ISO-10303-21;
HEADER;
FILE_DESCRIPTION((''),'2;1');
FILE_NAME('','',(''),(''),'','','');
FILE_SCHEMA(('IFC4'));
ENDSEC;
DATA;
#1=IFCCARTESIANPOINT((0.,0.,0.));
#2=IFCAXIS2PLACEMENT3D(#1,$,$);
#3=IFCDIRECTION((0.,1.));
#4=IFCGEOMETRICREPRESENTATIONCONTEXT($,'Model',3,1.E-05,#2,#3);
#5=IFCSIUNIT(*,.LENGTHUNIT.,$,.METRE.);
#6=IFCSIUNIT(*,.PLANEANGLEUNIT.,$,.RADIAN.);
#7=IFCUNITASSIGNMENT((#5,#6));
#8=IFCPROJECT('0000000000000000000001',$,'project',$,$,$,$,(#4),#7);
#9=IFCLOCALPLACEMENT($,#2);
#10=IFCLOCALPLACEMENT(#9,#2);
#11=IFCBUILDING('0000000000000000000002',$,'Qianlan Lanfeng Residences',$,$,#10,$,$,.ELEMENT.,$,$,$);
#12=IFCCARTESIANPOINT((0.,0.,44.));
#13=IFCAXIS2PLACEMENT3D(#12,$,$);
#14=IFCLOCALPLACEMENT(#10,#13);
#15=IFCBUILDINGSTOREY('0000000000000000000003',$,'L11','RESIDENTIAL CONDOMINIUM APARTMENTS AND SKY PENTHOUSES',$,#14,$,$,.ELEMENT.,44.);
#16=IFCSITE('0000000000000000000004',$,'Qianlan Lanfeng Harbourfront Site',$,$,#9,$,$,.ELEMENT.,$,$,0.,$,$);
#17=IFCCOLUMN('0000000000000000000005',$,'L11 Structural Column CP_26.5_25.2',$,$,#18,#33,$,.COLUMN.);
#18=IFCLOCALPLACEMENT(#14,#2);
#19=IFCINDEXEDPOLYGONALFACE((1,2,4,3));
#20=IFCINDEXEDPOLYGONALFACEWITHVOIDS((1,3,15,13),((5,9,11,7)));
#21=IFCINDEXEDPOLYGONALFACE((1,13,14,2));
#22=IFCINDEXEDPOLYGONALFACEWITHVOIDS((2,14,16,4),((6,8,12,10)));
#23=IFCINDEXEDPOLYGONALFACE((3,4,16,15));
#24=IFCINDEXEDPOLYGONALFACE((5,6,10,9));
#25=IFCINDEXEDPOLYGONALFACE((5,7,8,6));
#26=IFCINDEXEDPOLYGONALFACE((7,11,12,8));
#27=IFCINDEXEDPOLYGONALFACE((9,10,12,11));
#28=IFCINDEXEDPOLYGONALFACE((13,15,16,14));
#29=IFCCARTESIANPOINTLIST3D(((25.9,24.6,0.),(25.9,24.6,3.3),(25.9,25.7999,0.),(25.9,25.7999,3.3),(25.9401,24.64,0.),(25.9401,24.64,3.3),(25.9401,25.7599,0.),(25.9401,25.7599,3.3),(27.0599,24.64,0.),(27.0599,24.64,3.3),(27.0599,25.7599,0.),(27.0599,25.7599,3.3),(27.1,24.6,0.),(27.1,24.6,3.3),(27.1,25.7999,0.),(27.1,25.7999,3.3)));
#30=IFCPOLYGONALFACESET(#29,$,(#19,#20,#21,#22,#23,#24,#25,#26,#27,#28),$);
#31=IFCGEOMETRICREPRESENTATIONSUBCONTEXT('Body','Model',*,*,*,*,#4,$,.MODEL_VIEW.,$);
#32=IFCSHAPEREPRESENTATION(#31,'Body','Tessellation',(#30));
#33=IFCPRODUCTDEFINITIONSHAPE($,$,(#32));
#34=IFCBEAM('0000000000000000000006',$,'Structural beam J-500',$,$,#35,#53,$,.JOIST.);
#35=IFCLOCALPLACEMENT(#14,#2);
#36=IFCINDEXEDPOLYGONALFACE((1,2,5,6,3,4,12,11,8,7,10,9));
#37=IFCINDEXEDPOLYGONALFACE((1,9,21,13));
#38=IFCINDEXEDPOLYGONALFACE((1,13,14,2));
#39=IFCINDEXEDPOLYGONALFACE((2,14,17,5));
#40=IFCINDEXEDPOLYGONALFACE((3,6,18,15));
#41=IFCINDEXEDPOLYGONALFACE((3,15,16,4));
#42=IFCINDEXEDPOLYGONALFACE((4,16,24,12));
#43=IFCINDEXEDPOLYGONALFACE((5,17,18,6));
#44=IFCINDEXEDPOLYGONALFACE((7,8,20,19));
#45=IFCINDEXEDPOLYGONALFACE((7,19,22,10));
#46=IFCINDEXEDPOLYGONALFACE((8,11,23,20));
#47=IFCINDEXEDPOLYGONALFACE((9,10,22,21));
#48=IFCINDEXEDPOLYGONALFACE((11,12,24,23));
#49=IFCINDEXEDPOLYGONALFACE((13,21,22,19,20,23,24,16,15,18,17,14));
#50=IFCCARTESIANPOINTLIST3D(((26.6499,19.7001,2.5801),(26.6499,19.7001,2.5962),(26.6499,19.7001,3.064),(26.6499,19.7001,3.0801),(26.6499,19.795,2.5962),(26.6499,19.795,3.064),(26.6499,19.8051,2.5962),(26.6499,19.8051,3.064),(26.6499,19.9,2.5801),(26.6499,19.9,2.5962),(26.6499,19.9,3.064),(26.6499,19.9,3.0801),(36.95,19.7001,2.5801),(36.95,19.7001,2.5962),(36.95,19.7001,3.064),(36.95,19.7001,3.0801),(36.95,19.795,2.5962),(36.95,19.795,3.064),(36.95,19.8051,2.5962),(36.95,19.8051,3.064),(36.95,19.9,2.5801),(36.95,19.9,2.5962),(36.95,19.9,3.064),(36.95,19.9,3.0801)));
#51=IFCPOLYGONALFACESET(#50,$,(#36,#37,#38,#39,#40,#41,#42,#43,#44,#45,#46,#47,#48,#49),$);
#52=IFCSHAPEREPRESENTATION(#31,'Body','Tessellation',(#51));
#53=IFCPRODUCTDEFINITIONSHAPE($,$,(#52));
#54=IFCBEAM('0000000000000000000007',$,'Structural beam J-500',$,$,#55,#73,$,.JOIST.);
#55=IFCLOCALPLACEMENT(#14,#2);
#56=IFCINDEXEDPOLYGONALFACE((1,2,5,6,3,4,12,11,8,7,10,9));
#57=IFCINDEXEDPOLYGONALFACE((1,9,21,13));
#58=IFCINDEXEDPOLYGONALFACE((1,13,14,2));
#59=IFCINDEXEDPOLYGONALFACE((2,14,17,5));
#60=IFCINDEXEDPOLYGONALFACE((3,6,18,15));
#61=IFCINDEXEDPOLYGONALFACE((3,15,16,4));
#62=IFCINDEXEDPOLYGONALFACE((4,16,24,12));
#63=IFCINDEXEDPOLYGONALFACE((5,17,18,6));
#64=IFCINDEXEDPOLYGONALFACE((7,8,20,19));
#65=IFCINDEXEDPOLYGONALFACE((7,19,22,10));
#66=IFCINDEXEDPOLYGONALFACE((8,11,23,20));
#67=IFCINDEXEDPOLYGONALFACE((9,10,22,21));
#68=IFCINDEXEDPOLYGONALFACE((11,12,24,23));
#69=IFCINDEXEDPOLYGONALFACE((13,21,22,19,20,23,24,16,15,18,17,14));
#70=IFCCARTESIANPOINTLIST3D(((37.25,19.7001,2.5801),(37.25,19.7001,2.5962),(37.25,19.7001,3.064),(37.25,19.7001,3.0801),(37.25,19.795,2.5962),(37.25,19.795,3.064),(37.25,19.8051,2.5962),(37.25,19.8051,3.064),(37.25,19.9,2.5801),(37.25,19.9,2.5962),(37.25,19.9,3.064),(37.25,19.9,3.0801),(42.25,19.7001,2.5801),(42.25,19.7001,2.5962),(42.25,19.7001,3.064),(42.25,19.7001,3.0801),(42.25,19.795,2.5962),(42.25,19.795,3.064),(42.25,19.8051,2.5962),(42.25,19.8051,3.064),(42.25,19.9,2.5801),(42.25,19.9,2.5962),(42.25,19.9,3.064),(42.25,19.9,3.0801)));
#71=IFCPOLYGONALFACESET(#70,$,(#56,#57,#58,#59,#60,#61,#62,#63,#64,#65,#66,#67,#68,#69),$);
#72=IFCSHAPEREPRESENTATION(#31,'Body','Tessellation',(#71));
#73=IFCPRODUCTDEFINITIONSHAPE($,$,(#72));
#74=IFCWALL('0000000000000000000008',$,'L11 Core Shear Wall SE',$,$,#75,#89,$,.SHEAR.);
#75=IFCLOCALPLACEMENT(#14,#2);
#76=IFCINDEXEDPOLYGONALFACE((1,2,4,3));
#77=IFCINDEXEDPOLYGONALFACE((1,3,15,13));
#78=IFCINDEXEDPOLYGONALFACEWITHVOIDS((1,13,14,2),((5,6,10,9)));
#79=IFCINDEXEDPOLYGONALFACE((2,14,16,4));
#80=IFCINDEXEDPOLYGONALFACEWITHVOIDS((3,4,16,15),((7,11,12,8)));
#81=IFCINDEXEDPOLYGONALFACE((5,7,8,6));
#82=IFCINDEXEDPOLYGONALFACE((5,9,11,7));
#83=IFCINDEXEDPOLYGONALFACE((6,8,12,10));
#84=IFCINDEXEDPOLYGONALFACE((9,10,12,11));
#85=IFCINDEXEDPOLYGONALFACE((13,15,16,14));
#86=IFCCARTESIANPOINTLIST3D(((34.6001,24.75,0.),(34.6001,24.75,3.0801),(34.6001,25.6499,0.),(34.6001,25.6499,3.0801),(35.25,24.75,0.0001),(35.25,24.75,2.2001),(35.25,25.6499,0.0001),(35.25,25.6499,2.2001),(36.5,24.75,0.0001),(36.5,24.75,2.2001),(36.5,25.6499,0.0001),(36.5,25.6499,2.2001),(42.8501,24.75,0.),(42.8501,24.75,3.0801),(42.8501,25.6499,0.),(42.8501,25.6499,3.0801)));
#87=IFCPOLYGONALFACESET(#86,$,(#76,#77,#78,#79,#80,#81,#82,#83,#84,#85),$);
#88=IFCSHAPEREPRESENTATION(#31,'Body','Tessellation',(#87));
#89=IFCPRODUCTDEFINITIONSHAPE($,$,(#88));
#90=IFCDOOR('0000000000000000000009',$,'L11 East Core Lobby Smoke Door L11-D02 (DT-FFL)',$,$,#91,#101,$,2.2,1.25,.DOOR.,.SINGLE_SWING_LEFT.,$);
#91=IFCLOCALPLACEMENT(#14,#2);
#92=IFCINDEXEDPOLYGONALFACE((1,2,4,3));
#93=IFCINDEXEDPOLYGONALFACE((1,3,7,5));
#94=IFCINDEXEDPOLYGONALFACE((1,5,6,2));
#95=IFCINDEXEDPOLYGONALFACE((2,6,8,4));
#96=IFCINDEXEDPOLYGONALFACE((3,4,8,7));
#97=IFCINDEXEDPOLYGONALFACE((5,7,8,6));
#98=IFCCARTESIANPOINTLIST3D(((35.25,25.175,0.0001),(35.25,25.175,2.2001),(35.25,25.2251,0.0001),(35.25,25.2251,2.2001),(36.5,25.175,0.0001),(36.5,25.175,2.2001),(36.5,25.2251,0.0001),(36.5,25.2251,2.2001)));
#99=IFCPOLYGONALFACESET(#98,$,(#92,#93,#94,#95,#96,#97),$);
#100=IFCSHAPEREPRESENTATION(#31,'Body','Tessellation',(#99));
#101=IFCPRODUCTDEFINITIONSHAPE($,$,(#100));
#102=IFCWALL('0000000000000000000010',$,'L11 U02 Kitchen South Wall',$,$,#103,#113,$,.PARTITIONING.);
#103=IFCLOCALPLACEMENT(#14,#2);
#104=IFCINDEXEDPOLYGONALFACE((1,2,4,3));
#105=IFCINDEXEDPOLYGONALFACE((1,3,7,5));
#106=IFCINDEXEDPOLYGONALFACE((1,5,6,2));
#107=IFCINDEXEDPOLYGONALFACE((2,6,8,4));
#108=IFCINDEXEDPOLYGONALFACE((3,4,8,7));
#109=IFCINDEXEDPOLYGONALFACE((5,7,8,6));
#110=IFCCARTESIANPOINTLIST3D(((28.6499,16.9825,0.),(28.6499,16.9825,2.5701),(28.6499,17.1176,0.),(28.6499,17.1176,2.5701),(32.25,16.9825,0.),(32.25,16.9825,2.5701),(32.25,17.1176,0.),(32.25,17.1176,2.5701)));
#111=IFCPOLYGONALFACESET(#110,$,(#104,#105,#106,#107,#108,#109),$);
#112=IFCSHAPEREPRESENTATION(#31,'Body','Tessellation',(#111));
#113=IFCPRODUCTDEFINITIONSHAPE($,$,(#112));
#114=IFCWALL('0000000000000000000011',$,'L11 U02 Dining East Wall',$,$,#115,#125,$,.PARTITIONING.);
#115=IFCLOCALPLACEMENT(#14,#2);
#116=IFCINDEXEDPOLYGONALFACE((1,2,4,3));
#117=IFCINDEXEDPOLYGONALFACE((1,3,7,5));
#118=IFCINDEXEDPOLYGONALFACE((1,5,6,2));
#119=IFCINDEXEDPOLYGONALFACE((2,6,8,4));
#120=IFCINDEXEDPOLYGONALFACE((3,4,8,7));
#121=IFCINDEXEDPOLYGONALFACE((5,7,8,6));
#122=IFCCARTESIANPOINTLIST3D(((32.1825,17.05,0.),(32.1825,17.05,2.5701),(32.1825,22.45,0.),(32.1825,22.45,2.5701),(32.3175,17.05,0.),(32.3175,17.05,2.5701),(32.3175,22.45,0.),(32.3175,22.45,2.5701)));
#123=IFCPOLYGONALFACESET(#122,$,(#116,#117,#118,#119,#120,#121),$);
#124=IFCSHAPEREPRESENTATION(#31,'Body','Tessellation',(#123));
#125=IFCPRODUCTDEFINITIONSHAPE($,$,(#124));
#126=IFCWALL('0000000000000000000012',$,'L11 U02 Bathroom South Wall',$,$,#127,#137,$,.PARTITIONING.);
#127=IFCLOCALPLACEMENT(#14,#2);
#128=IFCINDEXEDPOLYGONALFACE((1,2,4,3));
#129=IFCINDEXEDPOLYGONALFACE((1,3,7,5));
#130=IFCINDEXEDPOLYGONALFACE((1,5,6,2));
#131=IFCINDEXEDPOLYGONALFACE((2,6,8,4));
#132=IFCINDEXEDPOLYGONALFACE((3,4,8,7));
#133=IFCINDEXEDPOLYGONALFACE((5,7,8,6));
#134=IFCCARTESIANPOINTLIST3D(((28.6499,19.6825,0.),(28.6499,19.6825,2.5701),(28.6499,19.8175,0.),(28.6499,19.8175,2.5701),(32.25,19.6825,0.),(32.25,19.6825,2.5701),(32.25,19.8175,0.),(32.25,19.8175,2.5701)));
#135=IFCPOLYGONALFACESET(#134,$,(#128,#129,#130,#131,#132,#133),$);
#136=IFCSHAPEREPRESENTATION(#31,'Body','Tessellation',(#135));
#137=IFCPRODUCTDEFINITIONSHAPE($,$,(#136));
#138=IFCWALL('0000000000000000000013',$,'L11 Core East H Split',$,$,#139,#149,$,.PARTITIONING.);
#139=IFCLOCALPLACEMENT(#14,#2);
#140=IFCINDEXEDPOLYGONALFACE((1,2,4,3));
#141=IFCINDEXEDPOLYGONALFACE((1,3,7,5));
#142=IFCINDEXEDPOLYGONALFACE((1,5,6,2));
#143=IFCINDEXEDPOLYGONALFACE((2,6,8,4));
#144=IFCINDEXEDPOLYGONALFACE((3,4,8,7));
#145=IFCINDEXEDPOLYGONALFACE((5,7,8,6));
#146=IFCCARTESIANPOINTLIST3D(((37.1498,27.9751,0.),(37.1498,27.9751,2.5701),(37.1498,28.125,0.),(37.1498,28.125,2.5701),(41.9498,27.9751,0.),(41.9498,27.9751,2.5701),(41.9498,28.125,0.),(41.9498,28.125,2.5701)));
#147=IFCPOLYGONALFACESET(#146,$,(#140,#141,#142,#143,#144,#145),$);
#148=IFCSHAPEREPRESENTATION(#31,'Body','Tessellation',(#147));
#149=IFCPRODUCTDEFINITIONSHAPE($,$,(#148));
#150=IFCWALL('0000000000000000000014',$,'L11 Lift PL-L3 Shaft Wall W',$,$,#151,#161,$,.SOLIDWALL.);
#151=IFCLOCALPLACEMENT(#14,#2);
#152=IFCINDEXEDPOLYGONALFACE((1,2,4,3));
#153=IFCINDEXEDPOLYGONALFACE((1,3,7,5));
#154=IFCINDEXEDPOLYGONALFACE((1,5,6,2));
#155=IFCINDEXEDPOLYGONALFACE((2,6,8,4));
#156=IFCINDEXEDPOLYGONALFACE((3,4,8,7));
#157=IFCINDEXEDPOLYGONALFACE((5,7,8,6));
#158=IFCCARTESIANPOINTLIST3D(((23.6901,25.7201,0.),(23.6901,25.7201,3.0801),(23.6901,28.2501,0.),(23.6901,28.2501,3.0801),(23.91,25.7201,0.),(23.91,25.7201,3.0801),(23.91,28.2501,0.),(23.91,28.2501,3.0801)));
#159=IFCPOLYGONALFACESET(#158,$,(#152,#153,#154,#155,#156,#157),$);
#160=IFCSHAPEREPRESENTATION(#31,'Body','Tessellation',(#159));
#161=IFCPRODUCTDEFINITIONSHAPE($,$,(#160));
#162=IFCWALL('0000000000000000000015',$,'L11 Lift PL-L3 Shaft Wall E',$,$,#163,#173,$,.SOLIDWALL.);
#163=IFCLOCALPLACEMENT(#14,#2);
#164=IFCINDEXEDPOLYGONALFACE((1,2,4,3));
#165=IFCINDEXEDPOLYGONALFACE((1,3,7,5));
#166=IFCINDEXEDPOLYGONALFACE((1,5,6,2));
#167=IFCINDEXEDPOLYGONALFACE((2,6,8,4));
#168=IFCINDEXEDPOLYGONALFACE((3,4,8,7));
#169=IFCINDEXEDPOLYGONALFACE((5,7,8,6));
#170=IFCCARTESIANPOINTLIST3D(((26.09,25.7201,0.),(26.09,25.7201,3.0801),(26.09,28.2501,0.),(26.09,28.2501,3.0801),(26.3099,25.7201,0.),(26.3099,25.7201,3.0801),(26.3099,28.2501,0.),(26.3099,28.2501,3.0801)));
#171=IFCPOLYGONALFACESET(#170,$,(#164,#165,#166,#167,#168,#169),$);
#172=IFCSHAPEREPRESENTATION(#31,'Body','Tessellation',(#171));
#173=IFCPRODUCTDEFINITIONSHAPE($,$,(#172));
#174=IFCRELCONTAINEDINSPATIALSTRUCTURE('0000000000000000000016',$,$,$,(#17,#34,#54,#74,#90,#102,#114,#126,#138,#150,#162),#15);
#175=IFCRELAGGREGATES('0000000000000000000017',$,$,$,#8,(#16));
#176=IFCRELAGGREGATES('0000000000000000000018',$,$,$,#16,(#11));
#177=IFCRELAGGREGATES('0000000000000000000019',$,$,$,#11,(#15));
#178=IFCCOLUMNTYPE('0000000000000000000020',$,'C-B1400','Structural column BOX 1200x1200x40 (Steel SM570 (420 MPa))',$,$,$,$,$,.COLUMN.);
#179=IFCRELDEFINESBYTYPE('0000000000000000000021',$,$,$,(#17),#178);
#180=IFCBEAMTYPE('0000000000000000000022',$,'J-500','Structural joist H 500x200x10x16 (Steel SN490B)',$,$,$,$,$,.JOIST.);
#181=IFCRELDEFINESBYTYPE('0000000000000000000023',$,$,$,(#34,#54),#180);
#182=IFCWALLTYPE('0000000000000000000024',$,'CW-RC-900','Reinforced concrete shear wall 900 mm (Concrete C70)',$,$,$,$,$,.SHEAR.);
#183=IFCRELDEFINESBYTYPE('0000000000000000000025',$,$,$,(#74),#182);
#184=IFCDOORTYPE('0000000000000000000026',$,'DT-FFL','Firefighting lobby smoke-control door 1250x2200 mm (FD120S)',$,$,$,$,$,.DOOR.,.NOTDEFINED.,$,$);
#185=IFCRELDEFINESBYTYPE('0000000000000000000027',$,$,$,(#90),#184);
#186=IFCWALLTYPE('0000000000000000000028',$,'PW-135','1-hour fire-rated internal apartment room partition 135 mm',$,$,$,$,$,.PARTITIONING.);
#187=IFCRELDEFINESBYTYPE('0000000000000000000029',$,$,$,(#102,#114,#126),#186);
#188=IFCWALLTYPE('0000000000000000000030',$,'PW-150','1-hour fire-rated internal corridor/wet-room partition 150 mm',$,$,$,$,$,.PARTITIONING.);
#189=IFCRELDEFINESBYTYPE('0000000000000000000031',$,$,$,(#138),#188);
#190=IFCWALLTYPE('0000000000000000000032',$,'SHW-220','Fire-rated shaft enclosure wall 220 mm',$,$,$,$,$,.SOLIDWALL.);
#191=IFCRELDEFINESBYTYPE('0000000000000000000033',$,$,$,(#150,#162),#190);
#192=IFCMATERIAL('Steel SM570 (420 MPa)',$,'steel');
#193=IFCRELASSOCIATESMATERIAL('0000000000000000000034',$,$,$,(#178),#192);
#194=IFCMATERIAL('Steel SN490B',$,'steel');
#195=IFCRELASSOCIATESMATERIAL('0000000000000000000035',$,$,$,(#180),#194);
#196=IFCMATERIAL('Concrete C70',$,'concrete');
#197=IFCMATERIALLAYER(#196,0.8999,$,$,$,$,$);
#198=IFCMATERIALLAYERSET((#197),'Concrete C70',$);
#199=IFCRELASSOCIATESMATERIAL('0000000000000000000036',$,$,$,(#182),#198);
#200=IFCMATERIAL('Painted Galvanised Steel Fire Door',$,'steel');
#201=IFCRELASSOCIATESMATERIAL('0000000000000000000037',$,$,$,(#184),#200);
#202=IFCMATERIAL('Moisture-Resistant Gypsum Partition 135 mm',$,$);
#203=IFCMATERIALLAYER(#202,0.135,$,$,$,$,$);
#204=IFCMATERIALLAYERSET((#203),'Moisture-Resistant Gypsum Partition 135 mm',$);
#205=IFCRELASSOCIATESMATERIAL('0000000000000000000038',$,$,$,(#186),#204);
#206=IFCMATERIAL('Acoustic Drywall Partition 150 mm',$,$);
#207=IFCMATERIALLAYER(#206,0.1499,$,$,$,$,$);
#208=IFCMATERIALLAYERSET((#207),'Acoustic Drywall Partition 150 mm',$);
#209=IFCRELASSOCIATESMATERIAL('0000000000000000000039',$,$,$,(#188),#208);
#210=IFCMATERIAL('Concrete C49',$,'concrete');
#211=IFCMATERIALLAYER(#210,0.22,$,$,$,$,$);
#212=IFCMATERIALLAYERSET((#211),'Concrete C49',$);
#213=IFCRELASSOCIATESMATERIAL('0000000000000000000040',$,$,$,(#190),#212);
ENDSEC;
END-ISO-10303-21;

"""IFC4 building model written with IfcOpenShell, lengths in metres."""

from ifc_helpers import new_model, si_unit, direction, frame, frame_2d, origin, origin_2d, place, context, subcontext, project, spatial, rectangle, hollow_rectangle, i_section, extrude, material, layer, layer_set, material_profile, profile_set, type_object, element, fill, save


model = new_model("IFC4")

# Units and contexts
model_context = context("Model", 3, precision=1e-05, world=origin(), true_north=direction((0.0, 1.0)))
body_context = subcontext(model_context, "Body", "Model", "MODEL_VIEW")
ifc_project = project(units=[si_unit("LENGTHUNIT", "METRE"), si_unit("PLANEANGLEUNIT", "RADIAN")], contexts=[model_context])

# Site, building, storey
site_placement = place(None, origin())
site = spatial("IfcSite", under=ifc_project, at=site_placement, Name="Qianlan Lanfeng Harbourfront Site", CompositionType="ELEMENT", RefElevation=0.0)
building_placement = place(site_placement, origin())
building = spatial("IfcBuilding", under=site, at=building_placement, Name="Qianlan Lanfeng Residences", CompositionType="ELEMENT")
storey_placement = place(building_placement, frame((0.0, 0.0, 44.0)))
storey = spatial("IfcBuildingStorey", under=building, at=storey_placement, Name="L11", Description="RESIDENTIAL CONDOMINIUM APARTMENTS AND SKY PENTHOUSES", CompositionType="ELEMENT", Elevation=44.0)

# Column
ifc_material_1 = material(Name="Steel SM570 (420 MPa)", Category="steel")
ifc_material_profile_1 = material_profile(ifc_material_1, hollow_rectangle(XDim=1.2, YDim=1.2, WallThickness=0.04, at=origin_2d()), Name="BOX 1200x1200x40")
ifc_profile_set_1 = profile_set([ifc_material_profile_1], Name="Steel SM570 (420 MPa)")
column_type = type_object("IfcColumnType", Name="C-B1400", Description="Structural column BOX 1200x1200x40 (Steel SM570 (420 MPa))", PredefinedType="COLUMN", material=ifc_profile_set_1)
column_placement = place(storey_placement, frame((26.5, 25.2, 0.0), z_axis=(0.0, 0.0, 1.0), x_axis=(1.0, 0.0, 0.0)))
element("IfcColumn", 1, at=column_placement, inside=storey, type_object=column_type, Name="L11 Structural Column CP_26.5_25.2", PredefinedType="COLUMN", context=body_context, shape_type="SweptSolid", body=[
    extrude(hollow_rectangle(XDim=1.2, YDim=1.2, WallThickness=0.04, at=origin_2d()), origin(), (0.0, 0.0, 1.0), 3.3),
])

# Beams
ifc_material_2 = material(Name="Steel SN490B", Category="steel")
ifc_material_profile_2 = material_profile(ifc_material_2, i_section(OverallWidth=0.2, OverallDepth=0.5, WebThickness=0.01, FlangeThickness=0.0161, at=origin_2d()), Name="H 500x200x10x16")
ifc_profile_set_2 = profile_set([ifc_material_profile_2], Name="Steel SN490B")
beam_type = type_object("IfcBeamType", Name="J-500", Description="Structural joist H 500x200x10x16 (Steel SN490B)", PredefinedType="JOIST", material=ifc_profile_set_2)
beam_1_placement = place(storey_placement, frame((26.6499, 19.8, 2.8301), z_axis=(1.0, 0.0, 0.0), x_axis=(0.0, 1.0, 0.0)))
element("IfcBeam", 2, at=beam_1_placement, inside=storey, type_object=beam_type, Name="Structural beam J-500", PredefinedType="JOIST", context=body_context, shape_type="SweptSolid", body=[
    extrude(i_section(OverallWidth=0.2, OverallDepth=0.5, WebThickness=0.01, FlangeThickness=0.0161, at=origin_2d()), origin(), (0.0, 0.0, 1.0), 10.3),
])
beam_2_placement = place(storey_placement, frame((37.25, 19.8, 2.8301), z_axis=(1.0, 0.0, 0.0), x_axis=(0.0, 1.0, 0.0)))
element("IfcBeam", 3, at=beam_2_placement, inside=storey, type_object=beam_type, Name="Structural beam J-500", PredefinedType="JOIST", context=body_context, shape_type="SweptSolid", body=[
    extrude(i_section(OverallWidth=0.2, OverallDepth=0.5, WebThickness=0.01, FlangeThickness=0.0161, at=origin_2d()), origin(), (0.0, 0.0, 1.0), 5.0),
])

# Wall, opening, door
ifc_material_3 = material(Name="Concrete C70", Category="concrete")
ifc_layer_1 = layer(ifc_material_3, 0.8999)
ifc_layer_set_1 = layer_set([ifc_layer_1], Name="Concrete C70")
wall_type_1 = type_object("IfcWallType", Name="CW-RC-900", Description="Reinforced concrete shear wall 900 mm (Concrete C70)", PredefinedType="SHEAR", material=ifc_layer_set_1)
wall_1_placement = place(storey_placement, frame((34.6001, 25.2, 0.0), z_axis=(0.0, 0.0, 1.0), x_axis=(1.0, 0.0, 0.0)))
wall_1 = element("IfcWall", 4, at=wall_1_placement, inside=storey, type_object=wall_type_1, Name="L11 Core Shear Wall SE", PredefinedType="SHEAR", context=body_context, shape_type="SweptSolid", body=[
    extrude(rectangle(XDim=8.25, YDim=0.8999, at=frame_2d((4.125, 0.0))), origin(), (0.0, 0.0, 1.0), 3.0801),
])
opening_1_placement = place(wall_1_placement, frame((0.6499, 0.0, 0.0)))
opening_1 = element("IfcOpeningElement", 5, at=opening_1_placement, cuts=wall_1, PredefinedType="OPENING", context=body_context, shape_type="SweptSolid", body=[
    extrude(rectangle(XDim=1.25, YDim=2.2, at=frame_2d((0.625, 1.1001))), frame((0.0, 0.46, 0.0), z_axis=(0.0, -1.0, 0.0), x_axis=(1.0, 0.0, 0.0)), (0.0, 0.0, 1.0), 0.9199),
])
ifc_material_4 = material(Name="Painted Galvanised Steel Fire Door", Category="steel")
door_type_1 = type_object("IfcDoorType", Name="DT-FFL", Description="Firefighting lobby smoke-control door 1250x2200 mm (FD120S)", OperationType="NOTDEFINED", PredefinedType="DOOR", material=ifc_material_4)
door_1_placement = place(opening_1_placement, frame((1.25, 0.0, 0.0), z_axis=(0.0, 0.0, 1.0), x_axis=(-1.0, 0.0, 0.0)))
door_1 = element("IfcDoor", 6, at=door_1_placement, inside=storey, type_object=door_type_1, Name="L11 East Core Lobby Smoke Door L11-D02 (DT-FFL)", OperationType="SINGLE_SWING_LEFT", OverallHeight=2.2, OverallWidth=1.25, PredefinedType="DOOR", context=body_context, shape_type="SweptSolid", body=[
    extrude(rectangle(XDim=1.25, YDim=2.2, at=frame_2d((0.625, 1.1001))), frame((0.0, 0.0249, 0.0), z_axis=(0.0, -1.0, 0.0), x_axis=(1.0, 0.0, 0.0)), (0.0, 0.0, 1.0), 0.05),
])
fill(opening_1, door_1)

# Walls
ifc_material_5 = material(Name="Moisture-Resistant Gypsum Partition 135 mm")
ifc_layer_2 = layer(ifc_material_5, 0.135)
ifc_layer_set_2 = layer_set([ifc_layer_2], Name="Moisture-Resistant Gypsum Partition 135 mm")
wall_type_2 = type_object("IfcWallType", Name="PW-135", Description="1-hour fire-rated internal apartment room partition 135 mm", PredefinedType="PARTITIONING", material=ifc_layer_set_2)
wall_2_placement = place(storey_placement, frame((28.6499, 17.05, 0.0), z_axis=(0.0, 0.0, 1.0), x_axis=(1.0, 0.0, 0.0)))
element("IfcWall", 7, at=wall_2_placement, inside=storey, type_object=wall_type_2, Name="L11 U02 Kitchen South Wall", PredefinedType="PARTITIONING", context=body_context, shape_type="SweptSolid", body=[
    extrude(rectangle(XDim=3.6001, YDim=0.135, at=frame_2d((1.8, 0.0))), origin(), (0.0, 0.0, 1.0), 2.5701),
])
wall_3_placement = place(storey_placement, frame((32.25, 17.05, 0.0), z_axis=(0.0, 0.0, 1.0), x_axis=(0.0, 1.0, 0.0)))
element("IfcWall", 8, at=wall_3_placement, inside=storey, type_object=wall_type_2, Name="L11 U02 Dining East Wall", PredefinedType="PARTITIONING", context=body_context, shape_type="SweptSolid", body=[
    extrude(rectangle(XDim=5.3999, YDim=0.135, at=frame_2d((2.7, 0.0))), origin(), (0.0, 0.0, 1.0), 2.5701),
])
wall_4_placement = place(storey_placement, frame((28.6499, 19.75, 0.0), z_axis=(0.0, 0.0, 1.0), x_axis=(1.0, 0.0, 0.0)))
element("IfcWall", 9, at=wall_4_placement, inside=storey, type_object=wall_type_2, Name="L11 U02 Bathroom South Wall", PredefinedType="PARTITIONING", context=body_context, shape_type="SweptSolid", body=[
    extrude(rectangle(XDim=3.6001, YDim=0.135, at=frame_2d((1.8, 0.0))), origin(), (0.0, 0.0, 1.0), 2.5701),
])
ifc_material_6 = material(Name="Acoustic Drywall Partition 150 mm")
ifc_layer_3 = layer(ifc_material_6, 0.1499)
ifc_layer_set_3 = layer_set([ifc_layer_3], Name="Acoustic Drywall Partition 150 mm")
wall_type_3 = type_object("IfcWallType", Name="PW-150", Description="1-hour fire-rated internal corridor/wet-room partition 150 mm", PredefinedType="PARTITIONING", material=ifc_layer_set_3)
wall_5_placement = place(storey_placement, frame((37.1499, 28.05, 0.0), z_axis=(0.0, 0.0, 1.0), x_axis=(1.0, 0.0, 0.0)))
element("IfcWall", 10, at=wall_5_placement, inside=storey, type_object=wall_type_3, Name="L11 Core East H Split", PredefinedType="PARTITIONING", context=body_context, shape_type="SweptSolid", body=[
    extrude(rectangle(XDim=4.8, YDim=0.1499, at=frame_2d((2.3999, 0.0))), origin(), (0.0, 0.0, 1.0), 2.5701),
])

# Walls
ifc_material_7 = material(Name="Concrete C49", Category="concrete")
ifc_layer_4 = layer(ifc_material_7, 0.22)
ifc_layer_set_4 = layer_set([ifc_layer_4], Name="Concrete C49")
wall_type_4 = type_object("IfcWallType", Name="SHW-220", Description="Fire-rated shaft enclosure wall 220 mm", PredefinedType="SOLIDWALL", material=ifc_layer_set_4)
for number, where, z_axis, x_axis, name in (
    (11, (23.8, 25.72, 0.0), (0.0, 0.0, 1.0), (0.0, 1.0, 0.0), "L11 Lift PL-L3 Shaft Wall W"),
    (12, (26.2, 25.72, 0.0), (0.0, 0.0, 1.0), (0.0, 1.0, 0.0), "L11 Lift PL-L3 Shaft Wall E"),
):
    element("IfcWall", number, at=place(storey_placement, frame(where, z_axis=z_axis, x_axis=x_axis)), inside=storey, type_object=wall_type_4, Name=name, PredefinedType="SOLIDWALL", context=body_context, shape_type="SweptSolid", body=[
        extrude(rectangle(XDim=2.53, YDim=0.22, at=frame_2d((1.2651, 0.0))), origin(), (0.0, 0.0, 1.0), 3.0801),
    ])

save(model, "model.ifc")
